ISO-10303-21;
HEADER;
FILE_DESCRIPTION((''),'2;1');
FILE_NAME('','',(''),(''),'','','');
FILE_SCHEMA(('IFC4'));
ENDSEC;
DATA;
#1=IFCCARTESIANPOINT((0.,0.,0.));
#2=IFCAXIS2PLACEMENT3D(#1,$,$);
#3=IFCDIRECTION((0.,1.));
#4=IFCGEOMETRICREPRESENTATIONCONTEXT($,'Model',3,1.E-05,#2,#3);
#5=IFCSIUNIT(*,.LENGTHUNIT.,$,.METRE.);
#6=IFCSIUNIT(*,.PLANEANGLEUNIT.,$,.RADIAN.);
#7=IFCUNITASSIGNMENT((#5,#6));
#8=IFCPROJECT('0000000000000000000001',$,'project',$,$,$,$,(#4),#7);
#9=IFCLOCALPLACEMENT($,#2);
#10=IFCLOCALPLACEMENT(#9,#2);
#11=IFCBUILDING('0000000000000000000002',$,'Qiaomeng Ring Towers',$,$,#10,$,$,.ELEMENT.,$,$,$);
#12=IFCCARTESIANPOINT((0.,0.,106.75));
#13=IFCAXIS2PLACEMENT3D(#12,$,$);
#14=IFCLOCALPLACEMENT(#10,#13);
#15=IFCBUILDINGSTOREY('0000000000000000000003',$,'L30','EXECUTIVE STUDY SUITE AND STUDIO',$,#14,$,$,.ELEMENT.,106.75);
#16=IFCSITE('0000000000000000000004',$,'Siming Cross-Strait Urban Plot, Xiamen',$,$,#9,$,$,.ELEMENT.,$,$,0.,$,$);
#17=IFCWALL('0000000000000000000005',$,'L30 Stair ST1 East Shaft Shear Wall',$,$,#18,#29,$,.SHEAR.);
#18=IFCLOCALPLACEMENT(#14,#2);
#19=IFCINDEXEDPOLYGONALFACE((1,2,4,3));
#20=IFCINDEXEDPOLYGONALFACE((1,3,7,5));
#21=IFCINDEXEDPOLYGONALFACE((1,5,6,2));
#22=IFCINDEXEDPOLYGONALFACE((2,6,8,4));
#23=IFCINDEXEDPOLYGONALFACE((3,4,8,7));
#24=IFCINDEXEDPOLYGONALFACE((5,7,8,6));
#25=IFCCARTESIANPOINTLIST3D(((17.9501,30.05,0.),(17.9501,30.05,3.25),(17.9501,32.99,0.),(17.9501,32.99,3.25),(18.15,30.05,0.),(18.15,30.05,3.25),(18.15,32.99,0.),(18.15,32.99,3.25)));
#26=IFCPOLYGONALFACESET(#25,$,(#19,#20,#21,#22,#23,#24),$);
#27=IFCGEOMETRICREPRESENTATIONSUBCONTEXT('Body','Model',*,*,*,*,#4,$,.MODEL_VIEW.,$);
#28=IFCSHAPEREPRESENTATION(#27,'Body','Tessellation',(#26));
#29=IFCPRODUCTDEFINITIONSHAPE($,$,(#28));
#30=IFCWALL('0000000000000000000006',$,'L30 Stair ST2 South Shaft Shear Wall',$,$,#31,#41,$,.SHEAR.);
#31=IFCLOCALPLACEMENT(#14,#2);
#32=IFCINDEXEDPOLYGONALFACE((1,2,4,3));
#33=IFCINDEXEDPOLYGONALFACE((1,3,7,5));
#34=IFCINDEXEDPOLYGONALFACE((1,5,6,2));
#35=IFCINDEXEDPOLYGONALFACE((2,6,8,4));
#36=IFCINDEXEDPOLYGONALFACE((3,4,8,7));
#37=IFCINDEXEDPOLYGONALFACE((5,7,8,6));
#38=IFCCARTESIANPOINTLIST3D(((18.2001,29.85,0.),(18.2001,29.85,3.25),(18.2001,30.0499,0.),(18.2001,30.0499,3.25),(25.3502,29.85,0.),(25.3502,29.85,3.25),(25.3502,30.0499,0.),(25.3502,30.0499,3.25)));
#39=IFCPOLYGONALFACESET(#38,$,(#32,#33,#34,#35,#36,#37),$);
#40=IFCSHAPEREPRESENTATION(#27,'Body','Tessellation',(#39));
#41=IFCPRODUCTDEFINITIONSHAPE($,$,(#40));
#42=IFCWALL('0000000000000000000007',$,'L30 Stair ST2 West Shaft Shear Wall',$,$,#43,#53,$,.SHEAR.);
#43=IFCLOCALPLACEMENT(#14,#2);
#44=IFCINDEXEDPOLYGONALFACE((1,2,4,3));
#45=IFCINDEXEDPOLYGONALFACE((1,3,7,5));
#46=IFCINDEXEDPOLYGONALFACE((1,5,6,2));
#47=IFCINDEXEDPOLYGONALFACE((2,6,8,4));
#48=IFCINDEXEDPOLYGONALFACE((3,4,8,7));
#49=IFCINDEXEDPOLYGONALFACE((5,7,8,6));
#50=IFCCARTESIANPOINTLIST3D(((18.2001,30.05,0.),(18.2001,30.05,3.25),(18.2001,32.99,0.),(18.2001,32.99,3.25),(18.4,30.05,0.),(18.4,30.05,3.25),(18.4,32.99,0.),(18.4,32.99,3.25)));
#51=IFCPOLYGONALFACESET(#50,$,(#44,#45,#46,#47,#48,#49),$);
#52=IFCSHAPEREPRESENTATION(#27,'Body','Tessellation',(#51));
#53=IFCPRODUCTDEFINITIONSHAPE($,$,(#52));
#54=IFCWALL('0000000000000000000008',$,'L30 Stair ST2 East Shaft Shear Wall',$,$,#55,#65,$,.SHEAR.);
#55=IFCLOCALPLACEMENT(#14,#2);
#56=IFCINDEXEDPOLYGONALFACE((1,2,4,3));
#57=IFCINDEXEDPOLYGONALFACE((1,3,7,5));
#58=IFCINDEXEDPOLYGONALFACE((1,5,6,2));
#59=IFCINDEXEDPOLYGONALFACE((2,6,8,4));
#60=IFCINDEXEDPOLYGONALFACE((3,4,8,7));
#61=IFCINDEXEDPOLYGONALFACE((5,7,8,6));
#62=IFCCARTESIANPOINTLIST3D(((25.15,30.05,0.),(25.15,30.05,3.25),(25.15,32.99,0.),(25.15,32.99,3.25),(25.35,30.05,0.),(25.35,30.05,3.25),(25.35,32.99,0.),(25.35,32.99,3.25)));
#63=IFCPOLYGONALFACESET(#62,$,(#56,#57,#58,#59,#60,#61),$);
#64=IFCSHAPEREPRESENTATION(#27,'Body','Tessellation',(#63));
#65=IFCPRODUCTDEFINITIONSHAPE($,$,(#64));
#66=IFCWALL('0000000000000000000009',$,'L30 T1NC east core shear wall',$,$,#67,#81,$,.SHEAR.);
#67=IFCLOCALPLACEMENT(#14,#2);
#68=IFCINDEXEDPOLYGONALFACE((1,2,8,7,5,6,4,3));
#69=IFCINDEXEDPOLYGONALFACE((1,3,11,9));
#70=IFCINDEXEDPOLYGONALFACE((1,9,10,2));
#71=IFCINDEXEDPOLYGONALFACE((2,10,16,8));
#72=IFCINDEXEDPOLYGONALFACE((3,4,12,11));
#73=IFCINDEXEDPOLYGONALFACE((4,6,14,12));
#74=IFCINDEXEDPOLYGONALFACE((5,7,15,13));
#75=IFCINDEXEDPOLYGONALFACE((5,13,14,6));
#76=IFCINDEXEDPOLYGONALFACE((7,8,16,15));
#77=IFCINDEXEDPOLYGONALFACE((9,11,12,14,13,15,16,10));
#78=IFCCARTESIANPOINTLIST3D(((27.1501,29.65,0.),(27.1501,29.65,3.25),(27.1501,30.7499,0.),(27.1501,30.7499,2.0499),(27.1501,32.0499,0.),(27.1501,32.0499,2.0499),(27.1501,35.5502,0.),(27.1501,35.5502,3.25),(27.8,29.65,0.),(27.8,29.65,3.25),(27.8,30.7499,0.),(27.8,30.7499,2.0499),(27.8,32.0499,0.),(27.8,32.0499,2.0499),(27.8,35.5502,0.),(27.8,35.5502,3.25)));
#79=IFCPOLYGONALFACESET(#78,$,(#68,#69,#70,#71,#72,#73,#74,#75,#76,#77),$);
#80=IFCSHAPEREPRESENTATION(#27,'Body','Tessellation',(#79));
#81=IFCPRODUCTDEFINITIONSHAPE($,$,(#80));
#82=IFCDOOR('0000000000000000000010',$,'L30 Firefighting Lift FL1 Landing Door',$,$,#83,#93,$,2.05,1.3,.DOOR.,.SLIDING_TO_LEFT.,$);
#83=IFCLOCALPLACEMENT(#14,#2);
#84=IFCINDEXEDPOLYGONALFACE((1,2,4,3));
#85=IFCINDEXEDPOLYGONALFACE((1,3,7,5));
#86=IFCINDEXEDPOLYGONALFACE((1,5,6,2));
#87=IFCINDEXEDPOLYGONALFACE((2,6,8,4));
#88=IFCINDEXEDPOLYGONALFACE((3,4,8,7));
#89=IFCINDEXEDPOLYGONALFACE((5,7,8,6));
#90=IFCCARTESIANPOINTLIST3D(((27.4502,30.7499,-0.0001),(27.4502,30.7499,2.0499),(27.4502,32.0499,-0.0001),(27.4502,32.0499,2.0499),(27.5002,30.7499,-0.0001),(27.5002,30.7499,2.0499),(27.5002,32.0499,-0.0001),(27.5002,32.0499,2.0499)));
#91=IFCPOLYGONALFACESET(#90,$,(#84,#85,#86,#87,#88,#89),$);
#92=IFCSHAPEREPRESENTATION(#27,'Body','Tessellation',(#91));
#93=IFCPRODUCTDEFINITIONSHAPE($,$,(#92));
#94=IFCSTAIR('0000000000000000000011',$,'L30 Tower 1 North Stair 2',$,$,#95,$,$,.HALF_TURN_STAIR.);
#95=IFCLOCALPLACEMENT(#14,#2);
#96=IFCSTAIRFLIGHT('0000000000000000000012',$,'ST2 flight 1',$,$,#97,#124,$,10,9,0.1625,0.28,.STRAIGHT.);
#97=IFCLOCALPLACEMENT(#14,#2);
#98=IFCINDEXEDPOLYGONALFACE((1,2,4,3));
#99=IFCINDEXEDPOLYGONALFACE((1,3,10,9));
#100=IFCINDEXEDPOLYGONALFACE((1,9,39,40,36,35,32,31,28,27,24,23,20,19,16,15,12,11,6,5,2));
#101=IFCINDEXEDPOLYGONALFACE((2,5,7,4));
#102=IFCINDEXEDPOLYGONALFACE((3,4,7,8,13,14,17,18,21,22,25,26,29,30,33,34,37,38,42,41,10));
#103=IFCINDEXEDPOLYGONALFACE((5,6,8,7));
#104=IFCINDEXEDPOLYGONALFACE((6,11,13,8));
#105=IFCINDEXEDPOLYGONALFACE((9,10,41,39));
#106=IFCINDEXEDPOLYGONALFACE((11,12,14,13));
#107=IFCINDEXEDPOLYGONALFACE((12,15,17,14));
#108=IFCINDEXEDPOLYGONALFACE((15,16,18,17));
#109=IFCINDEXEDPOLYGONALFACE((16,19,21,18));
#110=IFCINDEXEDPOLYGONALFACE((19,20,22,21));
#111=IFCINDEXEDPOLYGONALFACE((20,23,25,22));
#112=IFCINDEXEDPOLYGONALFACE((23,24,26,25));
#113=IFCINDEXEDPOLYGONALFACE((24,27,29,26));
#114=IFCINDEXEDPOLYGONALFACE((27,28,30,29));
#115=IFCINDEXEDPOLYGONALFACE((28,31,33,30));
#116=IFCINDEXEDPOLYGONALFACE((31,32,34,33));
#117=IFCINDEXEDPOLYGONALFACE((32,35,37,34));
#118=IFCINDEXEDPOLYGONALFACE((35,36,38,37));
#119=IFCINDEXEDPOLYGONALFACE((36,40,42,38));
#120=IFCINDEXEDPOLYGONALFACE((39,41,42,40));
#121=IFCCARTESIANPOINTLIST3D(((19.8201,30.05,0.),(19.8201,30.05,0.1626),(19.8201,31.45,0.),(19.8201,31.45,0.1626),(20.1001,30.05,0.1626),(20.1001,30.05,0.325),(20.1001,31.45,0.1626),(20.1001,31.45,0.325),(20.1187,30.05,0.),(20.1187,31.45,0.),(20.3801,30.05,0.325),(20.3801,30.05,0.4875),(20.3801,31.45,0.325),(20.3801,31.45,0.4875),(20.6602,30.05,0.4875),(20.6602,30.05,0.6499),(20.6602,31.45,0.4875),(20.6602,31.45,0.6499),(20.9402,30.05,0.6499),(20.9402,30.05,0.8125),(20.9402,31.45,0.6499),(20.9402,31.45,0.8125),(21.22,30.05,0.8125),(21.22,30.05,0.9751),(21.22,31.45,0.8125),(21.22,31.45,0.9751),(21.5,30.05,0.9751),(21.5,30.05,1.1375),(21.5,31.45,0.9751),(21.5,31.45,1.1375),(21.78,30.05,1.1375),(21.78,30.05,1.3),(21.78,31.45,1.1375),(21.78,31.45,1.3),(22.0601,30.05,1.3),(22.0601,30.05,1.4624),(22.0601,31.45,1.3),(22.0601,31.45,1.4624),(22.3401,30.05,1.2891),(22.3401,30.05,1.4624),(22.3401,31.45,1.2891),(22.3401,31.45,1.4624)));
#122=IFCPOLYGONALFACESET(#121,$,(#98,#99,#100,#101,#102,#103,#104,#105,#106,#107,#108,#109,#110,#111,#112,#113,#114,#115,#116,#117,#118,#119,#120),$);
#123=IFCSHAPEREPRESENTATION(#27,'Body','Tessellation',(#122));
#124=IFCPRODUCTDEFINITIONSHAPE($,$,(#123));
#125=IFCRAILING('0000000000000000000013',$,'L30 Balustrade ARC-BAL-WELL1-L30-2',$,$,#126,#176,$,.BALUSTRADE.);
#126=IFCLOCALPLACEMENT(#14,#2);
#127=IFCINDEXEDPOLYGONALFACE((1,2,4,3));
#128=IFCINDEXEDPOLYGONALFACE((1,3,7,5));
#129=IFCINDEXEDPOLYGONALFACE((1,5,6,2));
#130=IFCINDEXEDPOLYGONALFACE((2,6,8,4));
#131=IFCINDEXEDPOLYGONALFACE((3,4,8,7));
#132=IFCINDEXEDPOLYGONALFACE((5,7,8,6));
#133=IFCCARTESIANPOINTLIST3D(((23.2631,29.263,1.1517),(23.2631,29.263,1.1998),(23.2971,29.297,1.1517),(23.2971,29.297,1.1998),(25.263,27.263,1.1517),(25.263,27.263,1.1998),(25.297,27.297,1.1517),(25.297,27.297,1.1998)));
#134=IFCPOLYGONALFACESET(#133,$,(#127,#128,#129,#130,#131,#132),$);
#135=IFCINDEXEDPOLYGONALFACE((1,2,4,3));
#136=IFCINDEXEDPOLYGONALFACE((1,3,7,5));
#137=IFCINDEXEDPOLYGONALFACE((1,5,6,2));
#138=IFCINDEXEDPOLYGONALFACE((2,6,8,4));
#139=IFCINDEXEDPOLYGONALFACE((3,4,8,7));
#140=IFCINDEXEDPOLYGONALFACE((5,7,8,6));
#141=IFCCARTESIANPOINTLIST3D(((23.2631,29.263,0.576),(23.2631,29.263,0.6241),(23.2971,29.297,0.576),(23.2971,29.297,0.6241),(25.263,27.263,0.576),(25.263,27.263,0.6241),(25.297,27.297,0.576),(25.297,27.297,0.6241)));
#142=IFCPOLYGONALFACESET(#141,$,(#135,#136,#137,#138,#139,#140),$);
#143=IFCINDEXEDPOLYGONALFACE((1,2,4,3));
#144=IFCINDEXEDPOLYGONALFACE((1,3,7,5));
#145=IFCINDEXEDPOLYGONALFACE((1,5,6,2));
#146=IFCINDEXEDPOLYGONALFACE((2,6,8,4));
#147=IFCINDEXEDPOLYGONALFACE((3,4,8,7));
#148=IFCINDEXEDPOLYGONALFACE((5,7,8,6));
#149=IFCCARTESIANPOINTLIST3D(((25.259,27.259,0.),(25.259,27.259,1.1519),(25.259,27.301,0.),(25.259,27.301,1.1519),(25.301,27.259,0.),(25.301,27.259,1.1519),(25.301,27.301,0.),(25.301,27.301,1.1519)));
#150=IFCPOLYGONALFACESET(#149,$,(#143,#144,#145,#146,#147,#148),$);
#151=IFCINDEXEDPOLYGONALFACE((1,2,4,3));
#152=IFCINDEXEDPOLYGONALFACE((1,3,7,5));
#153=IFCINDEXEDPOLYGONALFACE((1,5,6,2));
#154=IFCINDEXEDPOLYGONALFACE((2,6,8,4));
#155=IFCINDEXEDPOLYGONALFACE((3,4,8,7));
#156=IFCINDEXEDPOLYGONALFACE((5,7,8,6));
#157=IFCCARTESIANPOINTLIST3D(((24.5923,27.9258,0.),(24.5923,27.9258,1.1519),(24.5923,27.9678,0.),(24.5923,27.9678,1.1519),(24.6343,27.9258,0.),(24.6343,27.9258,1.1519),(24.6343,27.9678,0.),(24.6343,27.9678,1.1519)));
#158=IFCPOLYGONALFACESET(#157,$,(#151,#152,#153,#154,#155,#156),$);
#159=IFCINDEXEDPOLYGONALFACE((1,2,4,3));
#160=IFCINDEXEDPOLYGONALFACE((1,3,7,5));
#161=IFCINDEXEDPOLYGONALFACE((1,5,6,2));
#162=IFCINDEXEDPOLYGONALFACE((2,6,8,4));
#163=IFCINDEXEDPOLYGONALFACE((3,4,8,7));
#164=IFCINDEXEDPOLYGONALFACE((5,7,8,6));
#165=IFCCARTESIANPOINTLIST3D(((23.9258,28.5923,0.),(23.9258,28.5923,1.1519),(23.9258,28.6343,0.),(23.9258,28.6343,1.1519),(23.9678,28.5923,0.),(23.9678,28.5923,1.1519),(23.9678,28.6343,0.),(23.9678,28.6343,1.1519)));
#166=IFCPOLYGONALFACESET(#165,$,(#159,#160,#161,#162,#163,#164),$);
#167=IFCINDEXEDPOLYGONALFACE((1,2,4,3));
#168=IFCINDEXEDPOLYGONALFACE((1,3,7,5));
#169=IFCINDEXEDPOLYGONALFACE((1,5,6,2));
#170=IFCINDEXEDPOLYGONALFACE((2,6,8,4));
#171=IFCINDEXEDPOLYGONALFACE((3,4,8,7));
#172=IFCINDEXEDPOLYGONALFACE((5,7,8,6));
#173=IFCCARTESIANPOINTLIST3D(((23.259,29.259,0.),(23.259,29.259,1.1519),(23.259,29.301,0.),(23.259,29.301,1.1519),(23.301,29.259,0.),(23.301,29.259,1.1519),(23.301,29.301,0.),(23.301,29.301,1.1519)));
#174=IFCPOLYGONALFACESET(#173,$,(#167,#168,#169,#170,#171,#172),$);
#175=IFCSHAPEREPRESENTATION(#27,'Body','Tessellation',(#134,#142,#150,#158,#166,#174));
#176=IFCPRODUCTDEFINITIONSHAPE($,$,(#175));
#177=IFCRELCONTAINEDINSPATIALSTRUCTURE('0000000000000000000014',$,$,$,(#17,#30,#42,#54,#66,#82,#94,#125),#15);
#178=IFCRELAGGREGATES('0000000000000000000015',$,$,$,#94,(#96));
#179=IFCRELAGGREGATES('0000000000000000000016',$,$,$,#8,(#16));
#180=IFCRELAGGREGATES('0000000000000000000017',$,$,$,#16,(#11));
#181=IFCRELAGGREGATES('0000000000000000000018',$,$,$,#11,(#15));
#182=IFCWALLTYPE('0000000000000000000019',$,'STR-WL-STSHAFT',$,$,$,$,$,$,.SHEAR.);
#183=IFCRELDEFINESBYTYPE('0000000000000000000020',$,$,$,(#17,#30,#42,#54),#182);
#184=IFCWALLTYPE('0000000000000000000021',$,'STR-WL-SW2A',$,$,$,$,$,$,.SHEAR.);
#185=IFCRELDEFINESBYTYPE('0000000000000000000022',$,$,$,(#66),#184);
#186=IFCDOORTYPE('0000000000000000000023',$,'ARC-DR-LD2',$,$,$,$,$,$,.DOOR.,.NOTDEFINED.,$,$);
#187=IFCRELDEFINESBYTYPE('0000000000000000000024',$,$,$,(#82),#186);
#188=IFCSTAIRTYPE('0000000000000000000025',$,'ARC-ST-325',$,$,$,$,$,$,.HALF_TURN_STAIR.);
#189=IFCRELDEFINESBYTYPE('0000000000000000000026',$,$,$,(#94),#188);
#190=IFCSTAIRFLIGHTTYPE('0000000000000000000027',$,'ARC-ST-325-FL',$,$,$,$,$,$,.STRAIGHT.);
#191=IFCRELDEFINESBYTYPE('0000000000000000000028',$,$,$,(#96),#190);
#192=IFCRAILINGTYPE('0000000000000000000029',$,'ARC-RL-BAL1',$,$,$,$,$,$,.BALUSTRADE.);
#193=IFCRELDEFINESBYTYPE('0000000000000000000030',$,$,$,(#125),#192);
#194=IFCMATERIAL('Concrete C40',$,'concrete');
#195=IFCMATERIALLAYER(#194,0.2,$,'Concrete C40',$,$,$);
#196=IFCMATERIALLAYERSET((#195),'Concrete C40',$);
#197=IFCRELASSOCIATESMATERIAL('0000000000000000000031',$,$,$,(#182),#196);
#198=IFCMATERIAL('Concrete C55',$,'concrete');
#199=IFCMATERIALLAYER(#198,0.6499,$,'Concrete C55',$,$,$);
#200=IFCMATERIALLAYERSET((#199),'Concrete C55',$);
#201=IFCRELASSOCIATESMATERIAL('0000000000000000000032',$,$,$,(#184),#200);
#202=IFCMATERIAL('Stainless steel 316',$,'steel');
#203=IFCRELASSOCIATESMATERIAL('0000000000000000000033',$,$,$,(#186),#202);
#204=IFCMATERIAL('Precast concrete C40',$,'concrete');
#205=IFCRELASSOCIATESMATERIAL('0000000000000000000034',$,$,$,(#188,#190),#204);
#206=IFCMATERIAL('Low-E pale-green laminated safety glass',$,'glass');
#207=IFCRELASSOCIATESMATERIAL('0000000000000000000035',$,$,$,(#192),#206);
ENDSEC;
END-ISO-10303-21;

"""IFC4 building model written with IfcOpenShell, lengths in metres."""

from ifc_helpers import new_model, si_unit, direction, frame, frame_2d, origin, origin_2d, place, context, subcontext, project, spatial, polyline, rectangle, outline, extrude, source, transform, mapped, material, layer, layer_set, type_object, element, fill, aggregate, save


model = new_model("IFC4")

# Units and contexts
model_context = context("Model", 3, precision=1e-05, world=origin(), true_north=direction((0.0, 1.0)))
body_context = subcontext(model_context, "Body", "Model", "MODEL_VIEW")
ifc_project = project(units=[si_unit("LENGTHUNIT", "METRE"), si_unit("PLANEANGLEUNIT", "RADIAN")], contexts=[model_context])

# Site, building, storey
site_placement = place(None, origin())
site = spatial("IfcSite", under=ifc_project, at=site_placement, Name="Siming Cross-Strait Urban Plot, Xiamen", CompositionType="ELEMENT", RefElevation=0.0)
building_placement = place(site_placement, origin())
building = spatial("IfcBuilding", under=site, at=building_placement, Name="Qiaomeng Ring Towers", CompositionType="ELEMENT")
storey_placement = place(building_placement, frame((0.0, 0.0, 106.75)))
storey = spatial("IfcBuildingStorey", under=building, at=storey_placement, Name="L30", Description="EXECUTIVE STUDY SUITE AND STUDIO", CompositionType="ELEMENT", Elevation=106.75)

# Walls
ifc_material_1 = material(Name="Concrete C40", Category="concrete")
ifc_layer_1 = layer(ifc_material_1, 0.2, Name="Concrete C40")
ifc_layer_set_1 = layer_set([ifc_layer_1], Name="Concrete C40")
wall_type_1 = type_object("IfcWallType", Name="STR-WL-STSHAFT", PredefinedType="SHEAR", material=ifc_layer_set_1)
wall_1_placement = place(storey_placement, frame((18.05, 30.05, 0.0), z_axis=(0.0, 0.0, 1.0), x_axis=(0.0, 1.0, 0.0)))
element("IfcWall", 1, at=wall_1_placement, inside=storey, type_object=wall_type_1, Name="L30 Stair ST1 East Shaft Shear Wall", PredefinedType="SHEAR", context=body_context, shape_type="SweptSolid", body=[
    extrude(rectangle(XDim=2.9399, YDim=0.2, at=frame_2d((1.47, 0.0))), origin(), (0.0, 0.0, 1.0), 3.25),
])
wall_2_placement = place(storey_placement, frame((18.2, 29.95, 0.0), z_axis=(0.0, 0.0, 1.0), x_axis=(1.0, 0.0, 0.0)))
element("IfcWall", 2, at=wall_2_placement, inside=storey, type_object=wall_type_1, Name="L30 Stair ST2 South Shaft Shear Wall", PredefinedType="SHEAR", context=body_context, shape_type="SweptSolid", body=[
    extrude(rectangle(XDim=7.1501, YDim=0.2, at=frame_2d((3.5752, 0.0))), origin(), (0.0, 0.0, 1.0), 3.25),
])
for number, where, z_axis, x_axis, name in (
    (3, (18.3, 30.05, 0.0), (0.0, 0.0, 1.0), (0.0, 1.0, 0.0), "L30 Stair ST2 West Shaft Shear Wall"),
    (4, (25.25, 30.05, 0.0), (0.0, 0.0, 1.0), (0.0, 1.0, 0.0), "L30 Stair ST2 East Shaft Shear Wall"),
):
    element("IfcWall", number, at=place(storey_placement, frame(where, z_axis=z_axis, x_axis=x_axis)), inside=storey, type_object=wall_type_1, Name=name, PredefinedType="SHEAR", context=body_context, shape_type="SweptSolid", body=[
        extrude(rectangle(XDim=2.9399, YDim=0.2, at=frame_2d((1.47, 0.0))), origin(), (0.0, 0.0, 1.0), 3.25),
    ])

# Wall, opening, door
ifc_material_2 = material(Name="Concrete C55", Category="concrete")
ifc_layer_2 = layer(ifc_material_2, 0.6499, Name="Concrete C55")
ifc_layer_set_2 = layer_set([ifc_layer_2], Name="Concrete C55")
wall_type_2 = type_object("IfcWallType", Name="STR-WL-SW2A", PredefinedType="SHEAR", material=ifc_layer_set_2)
wall_3_placement = place(storey_placement, frame((27.4751, 29.6499, 0.0), z_axis=(0.0, 0.0, 1.0), x_axis=(0.0, 1.0, 0.0)))
wall_3 = element("IfcWall", 5, at=wall_3_placement, inside=storey, type_object=wall_type_2, Name="L30 T1NC east core shear wall", PredefinedType="SHEAR", context=body_context, shape_type="SweptSolid", body=[
    extrude(rectangle(XDim=5.9001, YDim=0.6499, at=frame_2d((2.9502, 0.0))), origin(), (0.0, 0.0, 1.0), 3.25),
])
opening_placement = place(wall_3_placement, frame((1.1001, 0.0, 0.0)))
opening = element("IfcOpeningElement", 6, at=opening_placement, cuts=wall_3, PredefinedType="OPENING", context=body_context, shape_type="SweptSolid", body=[
    extrude(rectangle(XDim=1.3, YDim=2.05, at=frame_2d((0.6499, 1.0249))), frame((0.0, 0.335, 0.0), z_axis=(0.0, -1.0, 0.0), x_axis=(1.0, 0.0, 0.0)), (0.0, 0.0, 1.0), 0.6699),
])
ifc_material_3 = material(Name="Stainless steel 316", Category="steel")
door_type = type_object("IfcDoorType", Name="ARC-DR-LD2", OperationType="NOTDEFINED", PredefinedType="DOOR", material=ifc_material_3)
shared_shape_1 = source(origin(), body_context, "Body", "SweptSolid", [
    extrude(rectangle(XDim=1.3, YDim=2.05, at=frame_2d((0.6499, 1.0249))), frame((0.0, 0.0249, 0.0), z_axis=(0.0, -1.0, 0.0), x_axis=(1.0, 0.0, 0.0)), (0.0, 0.0, 1.0), 0.05),
])
door_placement = place(opening_placement, origin())
door = element("IfcDoor", 7, at=door_placement, inside=storey, type_object=door_type, Name="L30 Firefighting Lift FL1 Landing Door", OperationType="SLIDING_TO_LEFT", OverallHeight=2.05, OverallWidth=1.3, PredefinedType="DOOR", context=body_context, shape_type="MappedRepresentation", body=[
    mapped(shared_shape_1, transform((0.0, 0.0, 0.0), x_axis=(1.0, 0.0, 0.0), y_axis=(0.0, 1.0, 0.0), z_axis=(0.0, 0.0, 1.0), scale=1.0)),
])
fill(opening, door)

# Stair, stair flight
ifc_material_4 = material(Name="Precast concrete C40", Category="concrete")
stair_type = type_object("IfcStairType", Name="ARC-ST-325", PredefinedType="HALF_TURN_STAIR", material=ifc_material_4)
stair_placement = place(storey_placement, origin())
stair = element("IfcStair", 8, at=stair_placement, inside=storey, type_object=stair_type, Name="L30 Tower 1 North Stair 2", PredefinedType="HALF_TURN_STAIR")
stair_flight_type = type_object("IfcStairFlightType", Name="ARC-ST-325-FL", PredefinedType="STRAIGHT", material=ifc_material_4)
shared_shape_2 = source(origin(), body_context, "Body", "SweptSolid", [
    extrude(outline(polyline([(0.0, 0.0), (0.0, 0.1626), (0.28, 0.1626), (0.28, 0.325), (0.5601, 0.325), (0.5601, 0.4875), (0.8401, 0.4875), (0.8401, 0.6499), (1.1201, 0.6499), (1.1201, 0.8125), (1.3999, 0.8125), (1.3999, 0.9751), (1.6799, 0.9751), (1.6799, 1.1375), (1.96, 1.1375), (1.96, 1.3), (2.24, 1.3), (2.24, 1.4624), (2.52, 1.4624), (2.52, 1.625), (2.52, 1.2891), (0.2986, 0.0), (0.0, 0.0)])), frame((0.0, 0.7, 0.0), z_axis=(0.0, -1.0, 0.0), x_axis=(1.0, 0.0, 0.0)), (0.0, 0.0, 1.0), 1.3999),
])
stair_flight_placement = place(storey_placement, frame((19.8201, 30.75, 0.0), z_axis=(0.0, 0.0, 1.0), x_axis=(1.0, 0.0, 0.0)))
stair_flight = element("IfcStairFlight", 9, at=stair_flight_placement, type_object=stair_flight_type, Name="ST2 flight 1", NumberOfRisers=10, NumberOfTreads=9, PredefinedType="STRAIGHT", RiserHeight=0.1625, TreadLength=0.28, context=body_context, shape_type="MappedRepresentation", body=[
    mapped(shared_shape_2, transform((0.0, 0.0, 0.0), x_axis=(1.0, 0.0, 0.0), y_axis=(0.0, 1.0, 0.0), z_axis=(0.0, 0.0, 1.0), scale=1.0)),
])
aggregate(stair, [stair_flight])

# Railing
ifc_material_5 = material(Name="Low-E pale-green laminated safety glass", Category="glass")
railing_type_1 = type_object("IfcRailingType", Name="ARC-RL-BAL1", PredefinedType="BALUSTRADE", material=ifc_material_5)
railing_1_placement = place(storey_placement, frame((25.28, 27.28, 0.0)))
element("IfcRailing", 10, at=railing_1_placement, inside=storey, type_object=railing_type_1, Name="L30 Balustrade ARC-BAL-WELL1-L30-2", PredefinedType="BALUSTRADE", context=body_context, shape_type="SweptSolid", body=[
    extrude(rectangle(XDim=0.0481, YDim=0.0481, at=origin_2d()), frame((0.0, 0.0, 1.1758), z_axis=(-0.707107, 0.707107, 0.0), x_axis=(-0.707107, -0.707107, 0.0)), (0.0, 0.0, 1.0), 2.8284),
    extrude(rectangle(XDim=0.0481, YDim=0.0481, at=origin_2d()), frame((0.0, 0.0, 0.6001), z_axis=(-0.707107, 0.707107, 0.0), x_axis=(-0.707107, -0.707107, 0.0)), (0.0, 0.0, 1.0), 2.8284),
    extrude(rectangle(XDim=0.042, YDim=0.042, at=origin_2d()), origin(), (0.0, 0.0, 1.0), 1.1519),
    extrude(rectangle(XDim=0.042, YDim=0.042, at=origin_2d()), frame((-0.6667, 0.6667, 0.0)), (0.0, 0.0, 1.0), 1.1519),
    extrude(rectangle(XDim=0.042, YDim=0.042, at=origin_2d()), frame((-1.3333, 1.3333, 0.0)), (0.0, 0.0, 1.0), 1.1519),
    extrude(rectangle(XDim=0.042, YDim=0.042, at=origin_2d()), frame((-2.0, 2.0, 0.0)), (0.0, 0.0, 1.0), 1.1519),
])

save(model, "model.ifc")
